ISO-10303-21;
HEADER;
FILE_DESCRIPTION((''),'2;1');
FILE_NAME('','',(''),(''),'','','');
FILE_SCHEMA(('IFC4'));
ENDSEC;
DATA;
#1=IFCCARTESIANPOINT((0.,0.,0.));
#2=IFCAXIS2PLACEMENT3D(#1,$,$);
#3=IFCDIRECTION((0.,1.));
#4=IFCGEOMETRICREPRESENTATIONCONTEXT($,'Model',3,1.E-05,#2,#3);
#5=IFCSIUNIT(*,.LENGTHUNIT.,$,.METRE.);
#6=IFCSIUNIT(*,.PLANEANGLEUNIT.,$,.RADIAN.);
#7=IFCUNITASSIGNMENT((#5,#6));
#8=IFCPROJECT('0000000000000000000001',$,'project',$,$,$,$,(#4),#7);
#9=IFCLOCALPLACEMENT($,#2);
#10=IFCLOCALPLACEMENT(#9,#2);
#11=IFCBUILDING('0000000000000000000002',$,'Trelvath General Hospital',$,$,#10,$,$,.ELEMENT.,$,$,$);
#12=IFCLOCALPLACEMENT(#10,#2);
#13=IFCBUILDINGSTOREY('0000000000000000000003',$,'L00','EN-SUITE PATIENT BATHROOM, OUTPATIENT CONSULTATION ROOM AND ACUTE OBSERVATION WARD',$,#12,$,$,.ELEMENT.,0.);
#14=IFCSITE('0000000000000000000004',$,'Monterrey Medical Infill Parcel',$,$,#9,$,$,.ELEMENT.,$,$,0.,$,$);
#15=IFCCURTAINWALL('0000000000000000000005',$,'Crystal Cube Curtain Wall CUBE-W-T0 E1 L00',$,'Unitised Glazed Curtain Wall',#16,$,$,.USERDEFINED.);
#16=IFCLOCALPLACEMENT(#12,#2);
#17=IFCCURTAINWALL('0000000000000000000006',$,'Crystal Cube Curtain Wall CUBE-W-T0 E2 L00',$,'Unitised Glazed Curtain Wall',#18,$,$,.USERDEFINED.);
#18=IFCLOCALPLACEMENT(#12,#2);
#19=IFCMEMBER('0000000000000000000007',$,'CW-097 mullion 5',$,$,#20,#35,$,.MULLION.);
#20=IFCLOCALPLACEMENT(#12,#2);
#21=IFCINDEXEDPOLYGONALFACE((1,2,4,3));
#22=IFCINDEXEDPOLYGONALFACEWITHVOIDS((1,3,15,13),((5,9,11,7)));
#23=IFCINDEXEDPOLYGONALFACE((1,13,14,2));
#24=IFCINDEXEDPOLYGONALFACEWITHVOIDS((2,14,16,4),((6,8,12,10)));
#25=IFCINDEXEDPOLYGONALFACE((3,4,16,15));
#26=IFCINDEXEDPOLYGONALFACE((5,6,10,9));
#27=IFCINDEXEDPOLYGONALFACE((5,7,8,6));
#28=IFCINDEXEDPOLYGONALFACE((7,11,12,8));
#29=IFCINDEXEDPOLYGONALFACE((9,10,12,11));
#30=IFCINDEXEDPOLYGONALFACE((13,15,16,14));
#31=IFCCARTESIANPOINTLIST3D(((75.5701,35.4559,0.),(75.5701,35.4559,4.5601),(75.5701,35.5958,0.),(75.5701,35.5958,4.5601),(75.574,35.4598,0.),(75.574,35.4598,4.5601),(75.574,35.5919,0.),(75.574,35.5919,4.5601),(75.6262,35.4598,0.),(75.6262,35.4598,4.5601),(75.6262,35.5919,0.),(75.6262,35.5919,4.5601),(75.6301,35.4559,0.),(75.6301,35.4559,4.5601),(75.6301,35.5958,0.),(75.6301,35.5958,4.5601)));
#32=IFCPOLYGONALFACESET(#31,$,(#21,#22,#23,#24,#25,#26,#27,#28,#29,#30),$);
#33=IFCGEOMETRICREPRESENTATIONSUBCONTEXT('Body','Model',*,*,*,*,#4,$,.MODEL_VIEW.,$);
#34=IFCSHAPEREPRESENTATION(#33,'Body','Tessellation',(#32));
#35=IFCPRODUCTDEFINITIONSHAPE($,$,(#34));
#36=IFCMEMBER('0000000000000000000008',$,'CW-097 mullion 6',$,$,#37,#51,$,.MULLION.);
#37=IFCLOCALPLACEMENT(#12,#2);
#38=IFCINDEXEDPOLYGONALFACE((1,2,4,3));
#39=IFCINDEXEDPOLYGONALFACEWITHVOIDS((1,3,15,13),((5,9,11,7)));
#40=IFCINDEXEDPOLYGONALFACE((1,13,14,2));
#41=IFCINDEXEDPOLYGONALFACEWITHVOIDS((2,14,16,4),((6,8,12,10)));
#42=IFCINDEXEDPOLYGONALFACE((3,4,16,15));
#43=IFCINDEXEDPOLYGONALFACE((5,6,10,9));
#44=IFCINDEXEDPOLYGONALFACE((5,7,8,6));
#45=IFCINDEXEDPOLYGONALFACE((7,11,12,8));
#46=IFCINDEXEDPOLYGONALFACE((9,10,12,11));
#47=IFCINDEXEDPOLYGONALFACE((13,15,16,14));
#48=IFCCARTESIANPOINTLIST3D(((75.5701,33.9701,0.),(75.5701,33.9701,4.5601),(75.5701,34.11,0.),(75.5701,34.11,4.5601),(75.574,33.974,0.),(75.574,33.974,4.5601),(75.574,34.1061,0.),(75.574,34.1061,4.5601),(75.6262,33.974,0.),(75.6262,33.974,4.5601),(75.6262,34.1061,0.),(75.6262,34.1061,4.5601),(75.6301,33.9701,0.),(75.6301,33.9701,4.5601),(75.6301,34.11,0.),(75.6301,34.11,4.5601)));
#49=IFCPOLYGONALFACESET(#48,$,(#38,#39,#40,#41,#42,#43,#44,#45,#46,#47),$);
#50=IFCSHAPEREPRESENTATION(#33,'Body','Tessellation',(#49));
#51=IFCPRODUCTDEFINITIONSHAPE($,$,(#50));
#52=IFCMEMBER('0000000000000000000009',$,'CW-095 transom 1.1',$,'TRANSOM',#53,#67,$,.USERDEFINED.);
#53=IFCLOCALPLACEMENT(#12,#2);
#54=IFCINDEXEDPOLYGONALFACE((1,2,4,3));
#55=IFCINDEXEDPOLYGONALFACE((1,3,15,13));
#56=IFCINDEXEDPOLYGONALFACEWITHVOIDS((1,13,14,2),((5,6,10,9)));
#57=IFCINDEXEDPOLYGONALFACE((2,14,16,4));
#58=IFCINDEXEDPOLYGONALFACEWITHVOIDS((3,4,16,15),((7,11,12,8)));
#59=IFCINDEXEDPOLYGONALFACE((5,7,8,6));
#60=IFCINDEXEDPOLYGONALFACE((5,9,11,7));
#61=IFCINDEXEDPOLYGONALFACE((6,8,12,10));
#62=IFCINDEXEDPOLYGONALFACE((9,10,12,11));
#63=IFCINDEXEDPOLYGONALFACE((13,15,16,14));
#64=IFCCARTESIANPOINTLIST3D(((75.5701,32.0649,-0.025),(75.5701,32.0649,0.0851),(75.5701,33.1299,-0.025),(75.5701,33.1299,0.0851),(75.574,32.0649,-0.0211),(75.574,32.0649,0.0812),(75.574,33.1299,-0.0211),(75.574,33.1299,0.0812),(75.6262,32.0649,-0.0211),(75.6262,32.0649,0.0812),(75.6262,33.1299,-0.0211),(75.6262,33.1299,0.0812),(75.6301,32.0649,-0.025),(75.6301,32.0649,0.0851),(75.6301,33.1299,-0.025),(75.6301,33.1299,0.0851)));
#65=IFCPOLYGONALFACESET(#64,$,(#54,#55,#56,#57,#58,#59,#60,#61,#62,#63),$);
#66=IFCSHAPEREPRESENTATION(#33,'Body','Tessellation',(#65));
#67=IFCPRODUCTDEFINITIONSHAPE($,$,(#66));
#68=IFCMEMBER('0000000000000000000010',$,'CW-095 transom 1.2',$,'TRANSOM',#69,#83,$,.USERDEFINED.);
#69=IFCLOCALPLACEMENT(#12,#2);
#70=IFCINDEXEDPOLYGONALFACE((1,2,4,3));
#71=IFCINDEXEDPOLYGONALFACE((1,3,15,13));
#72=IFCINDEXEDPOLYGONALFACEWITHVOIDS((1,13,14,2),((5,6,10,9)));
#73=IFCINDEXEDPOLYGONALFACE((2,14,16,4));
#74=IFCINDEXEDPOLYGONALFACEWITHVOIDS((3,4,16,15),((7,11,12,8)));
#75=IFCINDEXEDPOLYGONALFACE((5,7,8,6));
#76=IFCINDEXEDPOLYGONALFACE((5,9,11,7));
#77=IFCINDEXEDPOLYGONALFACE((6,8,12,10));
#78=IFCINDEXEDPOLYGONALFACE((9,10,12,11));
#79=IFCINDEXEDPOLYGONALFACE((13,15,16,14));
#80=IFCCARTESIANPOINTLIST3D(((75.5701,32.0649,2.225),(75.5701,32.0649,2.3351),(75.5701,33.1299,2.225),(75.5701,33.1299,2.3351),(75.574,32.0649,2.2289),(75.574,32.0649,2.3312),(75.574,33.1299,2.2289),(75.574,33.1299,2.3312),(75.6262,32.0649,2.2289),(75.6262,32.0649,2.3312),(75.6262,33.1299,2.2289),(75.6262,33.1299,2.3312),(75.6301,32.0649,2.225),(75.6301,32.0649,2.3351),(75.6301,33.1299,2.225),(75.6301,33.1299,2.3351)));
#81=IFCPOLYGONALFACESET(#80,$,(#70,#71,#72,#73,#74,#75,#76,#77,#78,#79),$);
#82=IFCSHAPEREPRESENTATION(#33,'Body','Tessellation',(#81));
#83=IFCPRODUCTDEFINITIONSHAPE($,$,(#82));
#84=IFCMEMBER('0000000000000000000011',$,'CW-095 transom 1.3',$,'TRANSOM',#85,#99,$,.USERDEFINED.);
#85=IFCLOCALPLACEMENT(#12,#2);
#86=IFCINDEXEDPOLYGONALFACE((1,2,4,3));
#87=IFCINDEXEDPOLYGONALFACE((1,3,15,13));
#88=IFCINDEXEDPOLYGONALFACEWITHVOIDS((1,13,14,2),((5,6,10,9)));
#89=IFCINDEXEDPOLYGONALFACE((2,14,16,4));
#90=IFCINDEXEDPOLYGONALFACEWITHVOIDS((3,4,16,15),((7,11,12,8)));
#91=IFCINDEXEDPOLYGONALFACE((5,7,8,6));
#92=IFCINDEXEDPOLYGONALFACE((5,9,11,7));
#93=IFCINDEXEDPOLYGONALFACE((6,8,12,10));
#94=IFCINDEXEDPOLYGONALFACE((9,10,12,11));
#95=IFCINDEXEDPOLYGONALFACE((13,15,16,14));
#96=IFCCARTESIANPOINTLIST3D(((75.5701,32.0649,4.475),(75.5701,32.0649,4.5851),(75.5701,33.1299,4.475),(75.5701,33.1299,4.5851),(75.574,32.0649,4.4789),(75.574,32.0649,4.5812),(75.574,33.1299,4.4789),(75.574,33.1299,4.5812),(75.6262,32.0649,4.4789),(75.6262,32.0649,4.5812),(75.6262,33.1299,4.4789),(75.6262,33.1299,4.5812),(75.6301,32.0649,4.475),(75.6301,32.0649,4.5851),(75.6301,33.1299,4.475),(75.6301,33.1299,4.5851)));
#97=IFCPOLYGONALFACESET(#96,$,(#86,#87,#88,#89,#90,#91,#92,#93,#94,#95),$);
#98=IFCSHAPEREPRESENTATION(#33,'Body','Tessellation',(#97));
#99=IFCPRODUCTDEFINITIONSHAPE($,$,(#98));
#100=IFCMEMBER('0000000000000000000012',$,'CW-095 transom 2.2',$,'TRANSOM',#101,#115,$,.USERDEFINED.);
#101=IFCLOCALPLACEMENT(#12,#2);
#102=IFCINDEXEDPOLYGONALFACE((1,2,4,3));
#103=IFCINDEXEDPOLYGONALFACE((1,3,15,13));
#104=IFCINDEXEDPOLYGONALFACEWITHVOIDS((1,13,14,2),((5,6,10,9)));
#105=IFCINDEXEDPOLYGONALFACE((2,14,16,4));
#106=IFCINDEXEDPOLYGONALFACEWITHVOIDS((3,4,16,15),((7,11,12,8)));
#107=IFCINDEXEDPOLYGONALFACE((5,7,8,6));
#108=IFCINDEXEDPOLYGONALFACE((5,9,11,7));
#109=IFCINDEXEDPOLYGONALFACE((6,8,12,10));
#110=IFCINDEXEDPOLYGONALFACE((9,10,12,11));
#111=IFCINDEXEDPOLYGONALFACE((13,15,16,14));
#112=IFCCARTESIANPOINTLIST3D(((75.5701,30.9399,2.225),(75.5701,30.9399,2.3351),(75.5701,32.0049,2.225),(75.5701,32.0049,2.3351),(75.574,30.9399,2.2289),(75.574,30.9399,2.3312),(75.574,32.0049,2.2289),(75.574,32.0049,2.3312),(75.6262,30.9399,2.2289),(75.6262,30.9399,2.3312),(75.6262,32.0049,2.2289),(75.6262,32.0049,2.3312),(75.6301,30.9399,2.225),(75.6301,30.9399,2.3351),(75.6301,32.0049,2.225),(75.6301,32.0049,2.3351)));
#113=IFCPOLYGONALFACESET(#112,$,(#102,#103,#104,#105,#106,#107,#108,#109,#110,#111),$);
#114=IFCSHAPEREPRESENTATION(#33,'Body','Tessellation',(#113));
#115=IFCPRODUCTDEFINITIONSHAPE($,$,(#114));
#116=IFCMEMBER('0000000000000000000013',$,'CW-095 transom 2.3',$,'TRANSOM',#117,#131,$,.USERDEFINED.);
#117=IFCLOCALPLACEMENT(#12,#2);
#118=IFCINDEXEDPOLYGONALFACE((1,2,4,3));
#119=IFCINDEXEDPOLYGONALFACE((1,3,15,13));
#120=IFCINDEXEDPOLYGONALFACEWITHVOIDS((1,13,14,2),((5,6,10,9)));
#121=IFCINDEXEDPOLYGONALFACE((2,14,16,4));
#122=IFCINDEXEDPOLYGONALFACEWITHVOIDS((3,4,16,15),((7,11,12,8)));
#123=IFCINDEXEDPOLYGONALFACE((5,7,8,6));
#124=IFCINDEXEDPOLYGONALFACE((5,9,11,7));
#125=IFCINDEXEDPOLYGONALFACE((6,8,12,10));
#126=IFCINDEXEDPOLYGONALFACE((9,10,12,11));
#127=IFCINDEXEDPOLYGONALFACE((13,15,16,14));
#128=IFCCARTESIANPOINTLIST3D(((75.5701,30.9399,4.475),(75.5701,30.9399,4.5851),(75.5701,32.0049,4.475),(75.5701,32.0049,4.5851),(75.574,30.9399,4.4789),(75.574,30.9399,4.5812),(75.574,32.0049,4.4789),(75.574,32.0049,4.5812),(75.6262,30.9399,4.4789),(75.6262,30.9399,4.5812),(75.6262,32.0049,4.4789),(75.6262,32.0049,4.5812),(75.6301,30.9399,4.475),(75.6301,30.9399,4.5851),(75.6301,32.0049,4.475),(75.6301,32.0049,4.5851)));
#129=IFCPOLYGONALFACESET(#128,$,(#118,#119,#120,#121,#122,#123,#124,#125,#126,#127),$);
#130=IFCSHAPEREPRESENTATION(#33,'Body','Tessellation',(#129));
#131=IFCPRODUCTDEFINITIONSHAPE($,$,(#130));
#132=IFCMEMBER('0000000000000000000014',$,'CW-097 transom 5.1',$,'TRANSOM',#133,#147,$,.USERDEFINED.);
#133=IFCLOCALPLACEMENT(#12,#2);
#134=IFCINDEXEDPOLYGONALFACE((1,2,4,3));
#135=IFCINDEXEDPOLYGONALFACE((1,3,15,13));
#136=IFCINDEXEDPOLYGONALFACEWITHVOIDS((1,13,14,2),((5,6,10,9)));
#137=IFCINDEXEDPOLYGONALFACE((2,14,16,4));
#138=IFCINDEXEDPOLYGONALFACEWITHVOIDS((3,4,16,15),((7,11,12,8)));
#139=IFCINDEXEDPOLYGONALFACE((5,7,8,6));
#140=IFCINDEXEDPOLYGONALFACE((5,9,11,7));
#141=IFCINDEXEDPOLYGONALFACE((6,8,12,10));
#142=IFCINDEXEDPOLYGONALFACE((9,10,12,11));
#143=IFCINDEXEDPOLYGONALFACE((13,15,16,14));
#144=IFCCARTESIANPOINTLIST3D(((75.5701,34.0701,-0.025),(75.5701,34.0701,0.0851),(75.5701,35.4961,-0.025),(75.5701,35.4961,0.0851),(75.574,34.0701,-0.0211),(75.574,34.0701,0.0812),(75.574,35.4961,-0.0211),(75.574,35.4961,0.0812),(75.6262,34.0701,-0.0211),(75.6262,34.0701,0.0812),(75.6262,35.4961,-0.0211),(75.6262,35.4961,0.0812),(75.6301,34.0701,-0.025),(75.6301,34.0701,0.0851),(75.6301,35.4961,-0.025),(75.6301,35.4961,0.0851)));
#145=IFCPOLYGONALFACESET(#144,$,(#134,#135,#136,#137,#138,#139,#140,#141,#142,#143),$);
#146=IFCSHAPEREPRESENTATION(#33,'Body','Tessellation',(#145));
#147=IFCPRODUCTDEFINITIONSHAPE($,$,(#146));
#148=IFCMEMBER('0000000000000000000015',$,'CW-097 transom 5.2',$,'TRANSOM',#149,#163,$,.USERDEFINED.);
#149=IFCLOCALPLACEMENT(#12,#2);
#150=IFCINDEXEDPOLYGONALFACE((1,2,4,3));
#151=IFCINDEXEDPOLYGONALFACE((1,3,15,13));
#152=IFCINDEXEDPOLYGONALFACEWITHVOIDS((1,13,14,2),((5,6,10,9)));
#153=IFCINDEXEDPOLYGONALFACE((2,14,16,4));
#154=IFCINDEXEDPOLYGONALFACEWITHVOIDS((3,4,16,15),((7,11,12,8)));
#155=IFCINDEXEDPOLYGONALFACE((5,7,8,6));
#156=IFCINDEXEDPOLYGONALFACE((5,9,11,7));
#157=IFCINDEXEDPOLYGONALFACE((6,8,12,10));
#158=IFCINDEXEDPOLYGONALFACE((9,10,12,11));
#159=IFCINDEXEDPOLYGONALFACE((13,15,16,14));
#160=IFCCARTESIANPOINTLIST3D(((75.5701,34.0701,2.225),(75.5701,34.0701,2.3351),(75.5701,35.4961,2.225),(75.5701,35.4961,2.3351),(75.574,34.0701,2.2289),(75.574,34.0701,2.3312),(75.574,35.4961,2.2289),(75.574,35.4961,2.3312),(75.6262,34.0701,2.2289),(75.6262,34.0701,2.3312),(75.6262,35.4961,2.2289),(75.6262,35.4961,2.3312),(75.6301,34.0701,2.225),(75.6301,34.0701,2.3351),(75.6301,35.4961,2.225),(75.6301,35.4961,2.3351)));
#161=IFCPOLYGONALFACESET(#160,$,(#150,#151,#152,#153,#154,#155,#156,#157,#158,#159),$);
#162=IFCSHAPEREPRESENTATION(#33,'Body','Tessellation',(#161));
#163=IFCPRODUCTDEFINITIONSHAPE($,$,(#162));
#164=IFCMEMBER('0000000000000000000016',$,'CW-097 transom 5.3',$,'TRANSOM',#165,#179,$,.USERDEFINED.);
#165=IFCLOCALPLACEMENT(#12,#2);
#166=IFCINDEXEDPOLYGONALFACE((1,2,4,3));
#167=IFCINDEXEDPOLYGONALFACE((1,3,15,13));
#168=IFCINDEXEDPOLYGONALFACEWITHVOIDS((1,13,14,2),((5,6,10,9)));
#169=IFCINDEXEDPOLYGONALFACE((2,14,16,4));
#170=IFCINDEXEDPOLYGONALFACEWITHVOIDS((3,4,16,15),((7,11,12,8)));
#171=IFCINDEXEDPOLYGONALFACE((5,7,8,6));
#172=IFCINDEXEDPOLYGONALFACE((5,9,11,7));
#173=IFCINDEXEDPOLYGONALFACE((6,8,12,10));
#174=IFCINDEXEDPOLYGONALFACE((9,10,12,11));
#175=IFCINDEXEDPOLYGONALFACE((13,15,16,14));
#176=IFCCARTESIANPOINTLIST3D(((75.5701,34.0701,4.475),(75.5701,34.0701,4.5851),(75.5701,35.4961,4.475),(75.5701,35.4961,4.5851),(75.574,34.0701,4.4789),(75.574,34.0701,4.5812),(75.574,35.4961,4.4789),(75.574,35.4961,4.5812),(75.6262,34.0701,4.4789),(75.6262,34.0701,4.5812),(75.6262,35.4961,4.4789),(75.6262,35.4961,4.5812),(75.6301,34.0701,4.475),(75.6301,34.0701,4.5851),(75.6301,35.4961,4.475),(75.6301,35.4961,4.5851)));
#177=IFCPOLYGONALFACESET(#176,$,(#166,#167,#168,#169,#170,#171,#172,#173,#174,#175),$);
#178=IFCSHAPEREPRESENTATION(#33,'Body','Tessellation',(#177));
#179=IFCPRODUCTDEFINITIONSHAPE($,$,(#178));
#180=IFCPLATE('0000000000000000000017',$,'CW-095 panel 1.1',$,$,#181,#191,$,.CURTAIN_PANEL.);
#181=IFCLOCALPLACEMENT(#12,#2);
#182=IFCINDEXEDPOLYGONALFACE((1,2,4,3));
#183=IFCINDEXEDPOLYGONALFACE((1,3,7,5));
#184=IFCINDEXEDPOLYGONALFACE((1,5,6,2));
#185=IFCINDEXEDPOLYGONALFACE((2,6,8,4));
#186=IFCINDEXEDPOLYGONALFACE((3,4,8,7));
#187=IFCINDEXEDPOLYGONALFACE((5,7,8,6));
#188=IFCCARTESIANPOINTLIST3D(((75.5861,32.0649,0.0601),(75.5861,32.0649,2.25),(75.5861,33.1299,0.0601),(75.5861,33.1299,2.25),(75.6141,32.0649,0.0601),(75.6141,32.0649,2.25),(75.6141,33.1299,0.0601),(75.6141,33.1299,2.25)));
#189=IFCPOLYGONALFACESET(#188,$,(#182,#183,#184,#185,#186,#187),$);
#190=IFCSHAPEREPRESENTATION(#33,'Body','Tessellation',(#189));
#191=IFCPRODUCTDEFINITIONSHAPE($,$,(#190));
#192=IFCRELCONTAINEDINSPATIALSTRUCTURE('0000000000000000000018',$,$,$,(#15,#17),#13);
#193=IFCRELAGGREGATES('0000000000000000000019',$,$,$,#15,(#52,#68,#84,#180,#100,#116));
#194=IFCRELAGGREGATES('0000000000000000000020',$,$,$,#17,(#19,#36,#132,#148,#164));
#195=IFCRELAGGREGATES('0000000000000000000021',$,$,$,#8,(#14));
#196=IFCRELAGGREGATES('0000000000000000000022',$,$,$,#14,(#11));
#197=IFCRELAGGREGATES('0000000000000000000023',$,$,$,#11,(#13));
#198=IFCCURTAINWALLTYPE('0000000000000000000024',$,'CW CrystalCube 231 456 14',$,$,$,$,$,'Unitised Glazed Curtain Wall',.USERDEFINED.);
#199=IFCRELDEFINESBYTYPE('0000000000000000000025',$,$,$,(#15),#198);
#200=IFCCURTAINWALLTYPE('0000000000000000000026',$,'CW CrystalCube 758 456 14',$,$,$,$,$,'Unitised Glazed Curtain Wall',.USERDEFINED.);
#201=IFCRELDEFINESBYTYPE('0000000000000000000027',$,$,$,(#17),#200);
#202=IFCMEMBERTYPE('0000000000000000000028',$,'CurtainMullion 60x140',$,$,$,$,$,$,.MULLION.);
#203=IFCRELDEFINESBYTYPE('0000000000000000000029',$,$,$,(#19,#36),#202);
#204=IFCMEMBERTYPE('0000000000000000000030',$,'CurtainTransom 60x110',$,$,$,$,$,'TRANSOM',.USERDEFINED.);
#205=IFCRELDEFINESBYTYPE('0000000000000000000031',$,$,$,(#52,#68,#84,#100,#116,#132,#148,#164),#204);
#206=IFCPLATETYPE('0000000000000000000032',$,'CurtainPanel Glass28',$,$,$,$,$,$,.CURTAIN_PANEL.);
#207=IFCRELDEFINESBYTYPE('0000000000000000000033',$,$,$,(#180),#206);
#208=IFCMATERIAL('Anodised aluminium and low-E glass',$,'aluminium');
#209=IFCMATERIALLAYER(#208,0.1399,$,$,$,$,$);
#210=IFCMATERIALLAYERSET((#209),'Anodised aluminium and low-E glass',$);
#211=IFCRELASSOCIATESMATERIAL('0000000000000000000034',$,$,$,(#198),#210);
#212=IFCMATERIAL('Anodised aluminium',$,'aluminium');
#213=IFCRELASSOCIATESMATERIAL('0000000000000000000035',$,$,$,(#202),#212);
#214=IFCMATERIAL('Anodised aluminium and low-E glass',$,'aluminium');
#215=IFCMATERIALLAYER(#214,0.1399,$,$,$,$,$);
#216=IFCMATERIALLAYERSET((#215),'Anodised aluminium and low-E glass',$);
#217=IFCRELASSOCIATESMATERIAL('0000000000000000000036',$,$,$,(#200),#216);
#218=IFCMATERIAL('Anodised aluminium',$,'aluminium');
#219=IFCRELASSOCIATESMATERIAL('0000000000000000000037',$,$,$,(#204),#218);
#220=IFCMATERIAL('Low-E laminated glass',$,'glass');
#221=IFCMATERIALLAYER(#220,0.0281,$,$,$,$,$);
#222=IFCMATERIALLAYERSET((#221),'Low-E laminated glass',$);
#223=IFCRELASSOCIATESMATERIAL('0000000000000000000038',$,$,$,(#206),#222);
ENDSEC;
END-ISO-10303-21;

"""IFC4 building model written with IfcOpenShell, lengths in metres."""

from ifc_helpers import new_model, si_unit, direction, frame, origin, origin_2d, place, context, subcontext, project, spatial, rectangle, hollow_rectangle, extrude, material, layer, layer_set, material_profile, profile_set, type_object, element, aggregate, save


model = new_model("IFC4")

# Units and contexts
model_context = context("Model", 3, precision=1e-05, world=origin(), true_north=direction((0.0, 1.0)))
body_context = subcontext(model_context, "Body", "Model", "MODEL_VIEW")
ifc_project = project(units=[si_unit("LENGTHUNIT", "METRE"), si_unit("PLANEANGLEUNIT", "RADIAN")], contexts=[model_context])

# Site, building, storey
site_placement = place(None, origin())
site = spatial("IfcSite", under=ifc_project, at=site_placement, Name="Monterrey Medical Infill Parcel", CompositionType="ELEMENT", RefElevation=0.0)
building_placement = place(site_placement, origin())
building = spatial("IfcBuilding", under=site, at=building_placement, Name="Trelvath General Hospital", CompositionType="ELEMENT")
storey_placement = place(building_placement, origin())
storey = spatial("IfcBuildingStorey", under=building, at=storey_placement, Name="L00", Description="EN-SUITE PATIENT BATHROOM, OUTPATIENT CONSULTATION ROOM AND ACUTE OBSERVATION WARD", CompositionType="ELEMENT", Elevation=0.0)

# Curtain walls, members
ifc_material_1 = material(Name="Anodised aluminium and low-E glass", Category="aluminium")
ifc_layer_1 = layer(ifc_material_1, 0.1399)
ifc_layer_set_1 = layer_set([ifc_layer_1], Name="Anodised aluminium and low-E glass")
curtain_wall_type_1 = type_object("IfcCurtainWallType", Name="CW CrystalCube 231 456 14", ElementType="Unitised Glazed Curtain Wall", PredefinedType="USERDEFINED", material=ifc_layer_set_1)
curtain_wall_1_placement = place(storey_placement, origin())
curtain_wall_1 = element("IfcCurtainWall", 1, at=curtain_wall_1_placement, inside=storey, type_object=curtain_wall_type_1, Name="Crystal Cube Curtain Wall CUBE-W-T0 E1 L00", ObjectType="Unitised Glazed Curtain Wall", PredefinedType="USERDEFINED")
ifc_material_2 = material(Name="Anodised aluminium", Category="aluminium")
ifc_material_profile_1 = material_profile(ifc_material_2, hollow_rectangle(XDim=0.0601, YDim=0.1399, WallThickness=0.0039, at=origin_2d()), Name="RHS60x140x4")
ifc_profile_set_1 = profile_set([ifc_material_profile_1], Name="Anodised aluminium")
member_type_1 = type_object("IfcMemberType", Name="CurtainMullion 60x140", PredefinedType="MULLION", material=ifc_profile_set_1)
ifc_material_3 = material(Name="Anodised aluminium and low-E glass", Category="aluminium")
ifc_layer_2 = layer(ifc_material_3, 0.1399)
ifc_layer_set_2 = layer_set([ifc_layer_2], Name="Anodised aluminium and low-E glass")
curtain_wall_type_2 = type_object("IfcCurtainWallType", Name="CW CrystalCube 758 456 14", ElementType="Unitised Glazed Curtain Wall", PredefinedType="USERDEFINED", material=ifc_layer_set_2)
curtain_wall_2_placement = place(storey_placement, origin())
curtain_wall_2 = element("IfcCurtainWall", 2, at=curtain_wall_2_placement, inside=storey, type_object=curtain_wall_type_2, Name="Crystal Cube Curtain Wall CUBE-W-T0 E2 L00", ObjectType="Unitised Glazed Curtain Wall", PredefinedType="USERDEFINED")
member_1_placement = place(storey_placement, frame((75.6001, 35.5259, 0.0), z_axis=(0.0, 0.0, 1.0), x_axis=(1.0, 0.0, 0.0)))
member_1 = element("IfcMember", 3, at=member_1_placement, type_object=member_type_1, Name="CW-097 mullion 5", PredefinedType="MULLION", context=body_context, shape_type="SweptSolid", body=[
    extrude(hollow_rectangle(XDim=0.0601, YDim=0.1399, WallThickness=0.0039, at=origin_2d()), origin(), (0.0, 0.0, 1.0), 4.5601),
])
member_2_placement = place(storey_placement, frame((75.6001, 34.04, 0.0), z_axis=(0.0, 0.0, 1.0), x_axis=(1.0, 0.0, 0.0)))
member_2 = element("IfcMember", 4, at=member_2_placement, type_object=member_type_1, Name="CW-097 mullion 6", PredefinedType="MULLION", context=body_context, shape_type="SweptSolid", body=[
    extrude(hollow_rectangle(XDim=0.0601, YDim=0.1399, WallThickness=0.0039, at=origin_2d()), origin(), (0.0, 0.0, 1.0), 4.5601),
])

# Members
ifc_material_4 = material(Name="Anodised aluminium", Category="aluminium")
ifc_material_profile_2 = material_profile(ifc_material_4, hollow_rectangle(XDim=0.0601, YDim=0.1101, WallThickness=0.0039, at=origin_2d()), Name="RHS60x110x4")
ifc_profile_set_2 = profile_set([ifc_material_profile_2], Name="Anodised aluminium")
member_type_2 = type_object("IfcMemberType", Name="CurtainTransom 60x110", ElementType="TRANSOM", PredefinedType="USERDEFINED", material=ifc_profile_set_2)
member_3_placement = place(storey_placement, frame((75.6001, 33.1299, 0.03), z_axis=(0.0, -1.0, 0.0), x_axis=(1.0, 0.0, 0.0)))
member_3 = element("IfcMember", 5, at=member_3_placement, type_object=member_type_2, Name="CW-095 transom 1.1", ObjectType="TRANSOM", PredefinedType="USERDEFINED", context=body_context, shape_type="SweptSolid", body=[
    extrude(hollow_rectangle(XDim=0.0601, YDim=0.1101, WallThickness=0.0039, at=origin_2d()), origin(), (0.0, 0.0, 1.0), 1.0649),
])
member_4_placement = place(storey_placement, frame((75.6001, 33.1299, 2.28), z_axis=(0.0, -1.0, 0.0), x_axis=(1.0, 0.0, 0.0)))
member_4 = element("IfcMember", 6, at=member_4_placement, type_object=member_type_2, Name="CW-095 transom 1.2", ObjectType="TRANSOM", PredefinedType="USERDEFINED", context=body_context, shape_type="SweptSolid", body=[
    extrude(hollow_rectangle(XDim=0.0601, YDim=0.1101, WallThickness=0.0039, at=origin_2d()), origin(), (0.0, 0.0, 1.0), 1.0649),
])
member_5_placement = place(storey_placement, frame((75.6001, 33.1299, 4.53), z_axis=(0.0, -1.0, 0.0), x_axis=(1.0, 0.0, 0.0)))
member_5 = element("IfcMember", 7, at=member_5_placement, type_object=member_type_2, Name="CW-095 transom 1.3", ObjectType="TRANSOM", PredefinedType="USERDEFINED", context=body_context, shape_type="SweptSolid", body=[
    extrude(hollow_rectangle(XDim=0.0601, YDim=0.1101, WallThickness=0.0039, at=origin_2d()), origin(), (0.0, 0.0, 1.0), 1.0649),
])
member_6_placement = place(storey_placement, frame((75.6001, 32.0049, 2.28), z_axis=(0.0, -1.0, 0.0), x_axis=(1.0, 0.0, 0.0)))
member_6 = element("IfcMember", 8, at=member_6_placement, type_object=member_type_2, Name="CW-095 transom 2.2", ObjectType="TRANSOM", PredefinedType="USERDEFINED", context=body_context, shape_type="SweptSolid", body=[
    extrude(hollow_rectangle(XDim=0.0601, YDim=0.1101, WallThickness=0.0039, at=origin_2d()), origin(), (0.0, 0.0, 1.0), 1.0649),
])
member_7_placement = place(storey_placement, frame((75.6001, 32.0049, 4.53), z_axis=(0.0, -1.0, 0.0), x_axis=(1.0, 0.0, 0.0)))
member_7 = element("IfcMember", 9, at=member_7_placement, type_object=member_type_2, Name="CW-095 transom 2.3", ObjectType="TRANSOM", PredefinedType="USERDEFINED", context=body_context, shape_type="SweptSolid", body=[
    extrude(hollow_rectangle(XDim=0.0601, YDim=0.1101, WallThickness=0.0039, at=origin_2d()), origin(), (0.0, 0.0, 1.0), 1.0649),
])
member_8_placement = place(storey_placement, frame((75.6001, 35.4961, 0.03), z_axis=(0.0, -1.0, 0.0), x_axis=(1.0, 0.0, 0.0)))
member_8 = element("IfcMember", 10, at=member_8_placement, type_object=member_type_2, Name="CW-097 transom 5.1", ObjectType="TRANSOM", PredefinedType="USERDEFINED", context=body_context, shape_type="SweptSolid", body=[
    extrude(hollow_rectangle(XDim=0.0601, YDim=0.1101, WallThickness=0.0039, at=origin_2d()), origin(), (0.0, 0.0, 1.0), 1.426),
])
member_9_placement = place(storey_placement, frame((75.6001, 35.4961, 2.28), z_axis=(0.0, -1.0, 0.0), x_axis=(1.0, 0.0, 0.0)))
member_9 = element("IfcMember", 11, at=member_9_placement, type_object=member_type_2, Name="CW-097 transom 5.2", ObjectType="TRANSOM", PredefinedType="USERDEFINED", context=body_context, shape_type="SweptSolid", body=[
    extrude(hollow_rectangle(XDim=0.0601, YDim=0.1101, WallThickness=0.0039, at=origin_2d()), origin(), (0.0, 0.0, 1.0), 1.426),
])
member_10_placement = place(storey_placement, frame((75.6001, 35.4961, 4.53), z_axis=(0.0, -1.0, 0.0), x_axis=(1.0, 0.0, 0.0)))
member_10 = element("IfcMember", 12, at=member_10_placement, type_object=member_type_2, Name="CW-097 transom 5.3", ObjectType="TRANSOM", PredefinedType="USERDEFINED", context=body_context, shape_type="SweptSolid", body=[
    extrude(hollow_rectangle(XDim=0.0601, YDim=0.1101, WallThickness=0.0039, at=origin_2d()), origin(), (0.0, 0.0, 1.0), 1.426),
])

# Plate
ifc_material_5 = material(Name="Low-E laminated glass", Category="glass")
ifc_layer_3 = layer(ifc_material_5, 0.0281)
ifc_layer_set_3 = layer_set([ifc_layer_3], Name="Low-E laminated glass")
plate_type = type_object("IfcPlateType", Name="CurtainPanel Glass28", PredefinedType="CURTAIN_PANEL", material=ifc_layer_set_3)
plate_1_placement = place(storey_placement, frame((75.6001, 32.5974, 0.0601), z_axis=(0.0, 0.0, 1.0), x_axis=(0.0, -1.0, 0.0)))
plate_1 = element("IfcPlate", 13, at=plate_1_placement, type_object=plate_type, Name="CW-095 panel 1.1", PredefinedType="CURTAIN_PANEL", context=body_context, shape_type="SweptSolid", body=[
    extrude(rectangle(XDim=1.0649, YDim=0.0281, at=origin_2d()), origin(), (0.0, 0.0, 1.0), 2.1899),
])
aggregate(curtain_wall_1, [member_3, member_4, member_5, plate_1, member_6, member_7])
aggregate(curtain_wall_2, [member_1, member_2, member_8, member_9, member_10])

save(model, "model.ifc")
